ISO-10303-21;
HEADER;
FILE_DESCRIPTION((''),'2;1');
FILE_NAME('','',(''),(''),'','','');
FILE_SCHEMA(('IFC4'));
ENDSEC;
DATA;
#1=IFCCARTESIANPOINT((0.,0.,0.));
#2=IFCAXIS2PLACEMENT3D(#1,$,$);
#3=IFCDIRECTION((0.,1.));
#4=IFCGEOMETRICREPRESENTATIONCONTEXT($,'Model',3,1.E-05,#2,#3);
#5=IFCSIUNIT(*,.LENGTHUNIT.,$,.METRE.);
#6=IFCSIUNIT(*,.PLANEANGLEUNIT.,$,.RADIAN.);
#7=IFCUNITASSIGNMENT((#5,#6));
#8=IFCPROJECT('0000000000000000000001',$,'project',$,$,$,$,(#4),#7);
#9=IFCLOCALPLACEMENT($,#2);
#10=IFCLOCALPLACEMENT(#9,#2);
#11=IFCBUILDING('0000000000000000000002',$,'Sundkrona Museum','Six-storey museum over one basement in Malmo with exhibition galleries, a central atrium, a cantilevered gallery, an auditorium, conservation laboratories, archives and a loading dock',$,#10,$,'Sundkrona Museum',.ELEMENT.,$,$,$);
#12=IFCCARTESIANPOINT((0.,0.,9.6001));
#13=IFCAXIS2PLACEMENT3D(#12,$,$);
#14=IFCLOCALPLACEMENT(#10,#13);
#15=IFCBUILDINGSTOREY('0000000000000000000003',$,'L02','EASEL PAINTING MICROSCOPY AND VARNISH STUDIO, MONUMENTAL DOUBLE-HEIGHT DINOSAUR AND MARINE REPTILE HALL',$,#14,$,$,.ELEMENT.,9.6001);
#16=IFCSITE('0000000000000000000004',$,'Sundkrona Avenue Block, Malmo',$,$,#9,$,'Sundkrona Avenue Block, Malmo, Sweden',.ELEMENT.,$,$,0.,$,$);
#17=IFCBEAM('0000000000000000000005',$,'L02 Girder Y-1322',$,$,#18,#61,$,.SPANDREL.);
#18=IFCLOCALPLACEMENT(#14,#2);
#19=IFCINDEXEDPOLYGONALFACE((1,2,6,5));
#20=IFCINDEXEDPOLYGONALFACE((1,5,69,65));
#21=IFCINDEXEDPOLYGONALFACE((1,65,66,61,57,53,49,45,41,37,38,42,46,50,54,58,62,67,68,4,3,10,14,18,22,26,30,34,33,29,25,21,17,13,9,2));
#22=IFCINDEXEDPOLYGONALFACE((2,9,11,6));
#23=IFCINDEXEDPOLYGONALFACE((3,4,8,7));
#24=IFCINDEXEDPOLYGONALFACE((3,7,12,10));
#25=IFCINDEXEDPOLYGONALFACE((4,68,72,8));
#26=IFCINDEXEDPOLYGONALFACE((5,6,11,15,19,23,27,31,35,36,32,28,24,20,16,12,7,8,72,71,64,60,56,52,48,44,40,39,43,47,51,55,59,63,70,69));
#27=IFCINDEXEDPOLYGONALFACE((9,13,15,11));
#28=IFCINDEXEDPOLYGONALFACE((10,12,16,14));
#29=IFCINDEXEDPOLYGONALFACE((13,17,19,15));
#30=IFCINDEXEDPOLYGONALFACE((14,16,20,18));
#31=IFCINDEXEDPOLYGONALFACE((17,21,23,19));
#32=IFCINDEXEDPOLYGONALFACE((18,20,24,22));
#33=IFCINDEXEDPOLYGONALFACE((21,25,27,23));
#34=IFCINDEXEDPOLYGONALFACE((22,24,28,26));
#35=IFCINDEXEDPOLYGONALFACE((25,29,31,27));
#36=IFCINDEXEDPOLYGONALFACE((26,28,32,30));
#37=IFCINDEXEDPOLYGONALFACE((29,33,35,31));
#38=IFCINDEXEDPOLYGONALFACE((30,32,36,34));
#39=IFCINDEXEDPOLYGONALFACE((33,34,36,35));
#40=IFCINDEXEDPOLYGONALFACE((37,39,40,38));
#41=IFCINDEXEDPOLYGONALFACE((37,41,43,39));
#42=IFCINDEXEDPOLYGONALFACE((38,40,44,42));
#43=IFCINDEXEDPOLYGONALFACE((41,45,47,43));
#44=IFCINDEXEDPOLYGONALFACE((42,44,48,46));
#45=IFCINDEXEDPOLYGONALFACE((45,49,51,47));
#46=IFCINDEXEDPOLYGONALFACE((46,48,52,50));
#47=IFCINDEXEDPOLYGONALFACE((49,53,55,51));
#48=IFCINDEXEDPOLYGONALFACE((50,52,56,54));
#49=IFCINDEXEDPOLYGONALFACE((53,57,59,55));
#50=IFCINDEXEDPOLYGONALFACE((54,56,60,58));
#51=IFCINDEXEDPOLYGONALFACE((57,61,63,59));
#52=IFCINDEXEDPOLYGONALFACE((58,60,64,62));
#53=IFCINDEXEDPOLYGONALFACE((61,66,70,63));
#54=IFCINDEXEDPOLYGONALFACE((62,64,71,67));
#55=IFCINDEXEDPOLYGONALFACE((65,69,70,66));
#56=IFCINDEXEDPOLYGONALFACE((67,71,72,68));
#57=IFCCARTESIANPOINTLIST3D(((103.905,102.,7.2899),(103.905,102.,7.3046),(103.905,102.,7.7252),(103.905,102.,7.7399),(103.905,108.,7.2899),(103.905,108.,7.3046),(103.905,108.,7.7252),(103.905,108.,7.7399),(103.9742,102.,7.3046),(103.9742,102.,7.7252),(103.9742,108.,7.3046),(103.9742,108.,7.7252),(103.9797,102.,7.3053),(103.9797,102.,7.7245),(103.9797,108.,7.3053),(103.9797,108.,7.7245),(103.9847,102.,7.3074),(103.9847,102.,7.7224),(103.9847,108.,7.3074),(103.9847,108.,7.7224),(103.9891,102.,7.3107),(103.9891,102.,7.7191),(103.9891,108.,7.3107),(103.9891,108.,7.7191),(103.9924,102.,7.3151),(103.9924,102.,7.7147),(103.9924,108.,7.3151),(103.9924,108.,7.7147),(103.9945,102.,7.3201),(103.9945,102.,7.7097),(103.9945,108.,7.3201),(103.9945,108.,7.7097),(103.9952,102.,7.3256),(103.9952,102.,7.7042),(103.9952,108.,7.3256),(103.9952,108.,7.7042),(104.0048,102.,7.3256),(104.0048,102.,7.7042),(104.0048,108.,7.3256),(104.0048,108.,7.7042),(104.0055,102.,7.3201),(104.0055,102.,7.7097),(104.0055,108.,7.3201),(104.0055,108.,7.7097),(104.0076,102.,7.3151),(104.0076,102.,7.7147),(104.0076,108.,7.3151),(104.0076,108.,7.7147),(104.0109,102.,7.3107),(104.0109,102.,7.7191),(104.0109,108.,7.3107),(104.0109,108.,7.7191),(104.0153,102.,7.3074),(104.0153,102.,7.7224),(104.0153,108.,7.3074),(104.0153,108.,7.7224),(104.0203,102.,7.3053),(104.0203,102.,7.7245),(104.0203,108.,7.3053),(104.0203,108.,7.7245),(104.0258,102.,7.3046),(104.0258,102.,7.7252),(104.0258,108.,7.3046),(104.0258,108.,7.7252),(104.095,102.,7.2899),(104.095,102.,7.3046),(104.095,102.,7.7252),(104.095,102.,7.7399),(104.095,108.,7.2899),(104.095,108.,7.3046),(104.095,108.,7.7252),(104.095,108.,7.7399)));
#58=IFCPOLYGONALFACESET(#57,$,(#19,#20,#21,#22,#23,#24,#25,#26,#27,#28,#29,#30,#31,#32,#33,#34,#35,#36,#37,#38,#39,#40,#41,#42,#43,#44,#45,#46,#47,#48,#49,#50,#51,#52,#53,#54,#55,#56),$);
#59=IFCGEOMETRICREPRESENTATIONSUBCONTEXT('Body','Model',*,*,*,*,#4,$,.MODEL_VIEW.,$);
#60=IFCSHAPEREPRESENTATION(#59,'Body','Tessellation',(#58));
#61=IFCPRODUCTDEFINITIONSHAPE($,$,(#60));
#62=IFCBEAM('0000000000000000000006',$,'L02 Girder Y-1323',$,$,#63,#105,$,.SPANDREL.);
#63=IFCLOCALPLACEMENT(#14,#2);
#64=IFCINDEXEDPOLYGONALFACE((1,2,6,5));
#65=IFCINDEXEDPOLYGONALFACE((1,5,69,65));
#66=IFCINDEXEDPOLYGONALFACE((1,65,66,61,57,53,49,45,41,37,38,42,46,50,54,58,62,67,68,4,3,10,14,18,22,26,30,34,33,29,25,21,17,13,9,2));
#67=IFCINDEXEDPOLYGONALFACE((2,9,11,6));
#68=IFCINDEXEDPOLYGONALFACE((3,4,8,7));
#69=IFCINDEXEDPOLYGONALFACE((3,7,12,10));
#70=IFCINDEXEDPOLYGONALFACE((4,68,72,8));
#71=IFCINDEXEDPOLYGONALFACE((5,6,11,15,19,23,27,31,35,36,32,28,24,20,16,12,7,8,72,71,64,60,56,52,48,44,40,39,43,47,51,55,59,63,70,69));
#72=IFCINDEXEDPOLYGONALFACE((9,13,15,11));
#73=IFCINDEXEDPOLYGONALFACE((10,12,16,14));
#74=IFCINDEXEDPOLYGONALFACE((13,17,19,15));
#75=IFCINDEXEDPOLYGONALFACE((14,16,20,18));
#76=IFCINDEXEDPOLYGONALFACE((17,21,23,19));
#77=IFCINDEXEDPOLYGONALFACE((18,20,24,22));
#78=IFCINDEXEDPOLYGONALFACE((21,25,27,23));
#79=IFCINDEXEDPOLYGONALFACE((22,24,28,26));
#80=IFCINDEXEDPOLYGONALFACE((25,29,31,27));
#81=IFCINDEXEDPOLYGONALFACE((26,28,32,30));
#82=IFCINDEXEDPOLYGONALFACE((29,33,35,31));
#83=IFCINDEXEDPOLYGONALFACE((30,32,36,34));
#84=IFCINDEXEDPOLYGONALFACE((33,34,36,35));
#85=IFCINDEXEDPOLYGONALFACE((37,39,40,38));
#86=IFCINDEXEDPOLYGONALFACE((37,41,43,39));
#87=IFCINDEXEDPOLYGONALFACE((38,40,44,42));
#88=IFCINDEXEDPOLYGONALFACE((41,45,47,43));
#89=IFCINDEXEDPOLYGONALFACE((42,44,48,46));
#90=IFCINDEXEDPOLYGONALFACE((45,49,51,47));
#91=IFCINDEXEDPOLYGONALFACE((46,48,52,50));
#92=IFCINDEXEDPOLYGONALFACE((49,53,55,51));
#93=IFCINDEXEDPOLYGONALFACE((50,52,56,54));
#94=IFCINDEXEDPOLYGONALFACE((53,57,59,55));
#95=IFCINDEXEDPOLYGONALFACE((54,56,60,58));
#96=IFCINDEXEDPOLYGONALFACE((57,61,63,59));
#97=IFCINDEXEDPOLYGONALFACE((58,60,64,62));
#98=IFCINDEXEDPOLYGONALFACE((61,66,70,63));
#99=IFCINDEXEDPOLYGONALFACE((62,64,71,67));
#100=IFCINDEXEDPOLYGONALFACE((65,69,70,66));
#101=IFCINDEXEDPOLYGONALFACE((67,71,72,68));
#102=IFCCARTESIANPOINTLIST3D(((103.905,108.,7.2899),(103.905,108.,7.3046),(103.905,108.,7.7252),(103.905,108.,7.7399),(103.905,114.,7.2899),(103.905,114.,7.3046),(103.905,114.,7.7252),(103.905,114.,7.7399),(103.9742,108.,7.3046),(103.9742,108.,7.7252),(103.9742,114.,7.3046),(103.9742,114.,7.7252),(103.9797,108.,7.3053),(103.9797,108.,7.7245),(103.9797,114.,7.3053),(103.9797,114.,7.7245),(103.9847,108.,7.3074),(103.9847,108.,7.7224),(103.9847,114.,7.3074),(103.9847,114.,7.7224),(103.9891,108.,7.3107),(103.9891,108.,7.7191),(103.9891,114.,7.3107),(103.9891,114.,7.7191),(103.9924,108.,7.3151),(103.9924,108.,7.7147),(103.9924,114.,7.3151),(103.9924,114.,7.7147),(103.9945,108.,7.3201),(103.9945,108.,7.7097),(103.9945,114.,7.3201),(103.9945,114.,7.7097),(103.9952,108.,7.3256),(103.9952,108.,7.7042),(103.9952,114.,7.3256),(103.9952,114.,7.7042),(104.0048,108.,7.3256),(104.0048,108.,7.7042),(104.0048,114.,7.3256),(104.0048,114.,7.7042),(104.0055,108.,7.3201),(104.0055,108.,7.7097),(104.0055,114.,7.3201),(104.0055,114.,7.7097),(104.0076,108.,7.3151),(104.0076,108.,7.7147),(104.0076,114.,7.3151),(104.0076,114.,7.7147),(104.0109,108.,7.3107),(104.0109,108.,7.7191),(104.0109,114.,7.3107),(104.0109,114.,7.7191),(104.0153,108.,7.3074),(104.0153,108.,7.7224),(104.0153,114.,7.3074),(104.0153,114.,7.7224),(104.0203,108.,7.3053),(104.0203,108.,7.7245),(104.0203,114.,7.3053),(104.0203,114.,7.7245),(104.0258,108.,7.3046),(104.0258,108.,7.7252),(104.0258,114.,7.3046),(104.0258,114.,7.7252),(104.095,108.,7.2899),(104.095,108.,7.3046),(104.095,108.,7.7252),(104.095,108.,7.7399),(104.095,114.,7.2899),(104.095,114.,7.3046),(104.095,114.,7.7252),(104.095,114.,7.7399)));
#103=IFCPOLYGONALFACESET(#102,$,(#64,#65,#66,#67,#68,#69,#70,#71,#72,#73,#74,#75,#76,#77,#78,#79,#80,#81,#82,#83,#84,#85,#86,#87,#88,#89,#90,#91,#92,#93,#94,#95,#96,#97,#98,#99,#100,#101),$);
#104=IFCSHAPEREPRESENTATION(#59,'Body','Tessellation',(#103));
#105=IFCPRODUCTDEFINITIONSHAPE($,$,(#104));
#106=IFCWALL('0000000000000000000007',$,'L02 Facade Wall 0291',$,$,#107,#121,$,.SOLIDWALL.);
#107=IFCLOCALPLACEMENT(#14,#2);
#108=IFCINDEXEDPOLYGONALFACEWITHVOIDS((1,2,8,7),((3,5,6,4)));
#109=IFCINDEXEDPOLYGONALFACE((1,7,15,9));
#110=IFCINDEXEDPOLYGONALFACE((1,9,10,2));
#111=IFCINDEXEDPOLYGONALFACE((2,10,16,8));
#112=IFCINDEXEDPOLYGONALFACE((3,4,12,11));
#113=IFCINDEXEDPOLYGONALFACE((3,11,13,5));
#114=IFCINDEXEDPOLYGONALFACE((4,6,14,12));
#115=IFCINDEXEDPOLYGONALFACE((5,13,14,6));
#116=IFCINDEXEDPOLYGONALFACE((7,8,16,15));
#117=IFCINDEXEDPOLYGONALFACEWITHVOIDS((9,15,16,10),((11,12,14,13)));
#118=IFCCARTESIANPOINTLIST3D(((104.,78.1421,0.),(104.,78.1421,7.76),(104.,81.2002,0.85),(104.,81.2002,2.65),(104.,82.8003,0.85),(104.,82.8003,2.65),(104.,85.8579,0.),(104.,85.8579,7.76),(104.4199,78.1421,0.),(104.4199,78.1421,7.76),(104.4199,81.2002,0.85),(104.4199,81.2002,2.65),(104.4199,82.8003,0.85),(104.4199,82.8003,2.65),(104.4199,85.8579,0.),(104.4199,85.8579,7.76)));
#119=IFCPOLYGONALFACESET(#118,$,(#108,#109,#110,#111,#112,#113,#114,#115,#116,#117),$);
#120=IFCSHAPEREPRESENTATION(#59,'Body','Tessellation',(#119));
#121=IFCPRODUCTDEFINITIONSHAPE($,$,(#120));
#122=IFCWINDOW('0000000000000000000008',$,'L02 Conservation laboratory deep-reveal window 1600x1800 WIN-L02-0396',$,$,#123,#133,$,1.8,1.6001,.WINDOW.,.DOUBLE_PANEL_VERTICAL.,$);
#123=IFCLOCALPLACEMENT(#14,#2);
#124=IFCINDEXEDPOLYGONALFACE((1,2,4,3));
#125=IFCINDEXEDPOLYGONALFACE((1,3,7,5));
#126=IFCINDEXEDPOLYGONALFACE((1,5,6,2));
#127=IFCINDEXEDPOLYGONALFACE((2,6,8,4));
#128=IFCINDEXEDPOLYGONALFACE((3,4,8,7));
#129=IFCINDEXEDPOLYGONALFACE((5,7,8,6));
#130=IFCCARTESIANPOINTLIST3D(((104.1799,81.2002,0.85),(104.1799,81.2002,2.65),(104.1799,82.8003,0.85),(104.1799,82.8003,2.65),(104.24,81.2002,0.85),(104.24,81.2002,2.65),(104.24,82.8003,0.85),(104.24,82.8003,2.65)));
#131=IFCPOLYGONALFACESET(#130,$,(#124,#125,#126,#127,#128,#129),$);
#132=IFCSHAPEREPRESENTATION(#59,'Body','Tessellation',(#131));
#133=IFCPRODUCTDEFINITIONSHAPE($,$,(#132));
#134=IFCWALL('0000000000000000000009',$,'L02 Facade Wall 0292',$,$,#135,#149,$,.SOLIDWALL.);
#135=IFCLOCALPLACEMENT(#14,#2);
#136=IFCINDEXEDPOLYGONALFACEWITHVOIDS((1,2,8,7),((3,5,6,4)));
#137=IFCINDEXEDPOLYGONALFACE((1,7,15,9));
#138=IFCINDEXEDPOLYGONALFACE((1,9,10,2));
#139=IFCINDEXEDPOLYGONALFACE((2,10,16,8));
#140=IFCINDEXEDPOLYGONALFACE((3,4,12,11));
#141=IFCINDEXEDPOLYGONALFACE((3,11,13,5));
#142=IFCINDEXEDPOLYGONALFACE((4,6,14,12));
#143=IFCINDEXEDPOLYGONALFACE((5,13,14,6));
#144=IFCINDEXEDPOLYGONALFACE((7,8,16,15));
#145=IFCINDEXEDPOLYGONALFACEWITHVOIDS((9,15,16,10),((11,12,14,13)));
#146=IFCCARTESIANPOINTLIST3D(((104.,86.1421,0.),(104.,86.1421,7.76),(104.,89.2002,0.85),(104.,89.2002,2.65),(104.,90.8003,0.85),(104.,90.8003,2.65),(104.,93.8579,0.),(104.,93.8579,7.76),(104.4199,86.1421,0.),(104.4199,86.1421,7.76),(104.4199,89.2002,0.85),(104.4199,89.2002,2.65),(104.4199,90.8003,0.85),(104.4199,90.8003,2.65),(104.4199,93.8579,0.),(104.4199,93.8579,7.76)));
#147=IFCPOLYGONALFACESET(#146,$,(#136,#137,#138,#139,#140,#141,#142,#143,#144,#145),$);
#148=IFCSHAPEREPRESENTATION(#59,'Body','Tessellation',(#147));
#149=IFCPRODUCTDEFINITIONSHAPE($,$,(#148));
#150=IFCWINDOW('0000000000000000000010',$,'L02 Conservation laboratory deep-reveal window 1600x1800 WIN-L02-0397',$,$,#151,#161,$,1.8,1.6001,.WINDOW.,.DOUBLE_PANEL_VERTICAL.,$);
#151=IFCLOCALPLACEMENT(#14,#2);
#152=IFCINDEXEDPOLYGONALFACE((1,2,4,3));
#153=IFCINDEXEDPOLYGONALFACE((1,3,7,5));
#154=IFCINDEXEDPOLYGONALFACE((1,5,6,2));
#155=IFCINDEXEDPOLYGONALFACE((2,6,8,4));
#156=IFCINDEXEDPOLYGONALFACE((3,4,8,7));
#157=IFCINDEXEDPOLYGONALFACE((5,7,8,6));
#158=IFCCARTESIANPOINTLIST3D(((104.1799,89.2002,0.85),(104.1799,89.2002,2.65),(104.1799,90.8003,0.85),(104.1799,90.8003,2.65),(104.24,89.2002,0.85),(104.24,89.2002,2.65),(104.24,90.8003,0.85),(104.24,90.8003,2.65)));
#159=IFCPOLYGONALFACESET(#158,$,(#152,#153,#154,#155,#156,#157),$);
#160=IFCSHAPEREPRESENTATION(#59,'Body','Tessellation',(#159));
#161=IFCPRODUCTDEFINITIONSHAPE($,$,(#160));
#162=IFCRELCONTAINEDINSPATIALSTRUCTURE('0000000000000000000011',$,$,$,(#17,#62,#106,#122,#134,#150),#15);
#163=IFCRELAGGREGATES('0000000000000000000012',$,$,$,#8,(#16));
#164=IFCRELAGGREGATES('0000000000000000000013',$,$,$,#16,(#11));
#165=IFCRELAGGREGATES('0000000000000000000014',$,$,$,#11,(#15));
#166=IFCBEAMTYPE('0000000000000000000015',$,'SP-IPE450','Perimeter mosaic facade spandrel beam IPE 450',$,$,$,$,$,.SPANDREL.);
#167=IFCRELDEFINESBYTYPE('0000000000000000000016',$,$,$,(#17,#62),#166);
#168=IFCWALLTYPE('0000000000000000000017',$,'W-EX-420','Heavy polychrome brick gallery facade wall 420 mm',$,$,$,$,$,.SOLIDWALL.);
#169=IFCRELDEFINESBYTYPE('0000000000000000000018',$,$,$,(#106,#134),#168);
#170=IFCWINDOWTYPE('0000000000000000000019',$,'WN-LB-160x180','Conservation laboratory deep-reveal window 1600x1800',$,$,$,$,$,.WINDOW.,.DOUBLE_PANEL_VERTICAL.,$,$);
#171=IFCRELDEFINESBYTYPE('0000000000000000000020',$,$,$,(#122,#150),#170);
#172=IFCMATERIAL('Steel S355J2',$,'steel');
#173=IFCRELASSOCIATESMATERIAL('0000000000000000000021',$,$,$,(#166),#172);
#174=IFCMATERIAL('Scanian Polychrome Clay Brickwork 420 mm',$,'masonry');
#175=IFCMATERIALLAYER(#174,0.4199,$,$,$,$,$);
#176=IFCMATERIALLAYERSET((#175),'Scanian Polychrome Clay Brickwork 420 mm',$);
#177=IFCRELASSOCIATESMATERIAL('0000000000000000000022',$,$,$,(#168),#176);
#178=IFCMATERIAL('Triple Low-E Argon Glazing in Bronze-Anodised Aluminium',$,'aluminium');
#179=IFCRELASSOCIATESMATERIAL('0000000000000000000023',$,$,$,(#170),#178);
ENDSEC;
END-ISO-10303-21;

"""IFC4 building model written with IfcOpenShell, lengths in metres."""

from ifc_helpers import new_model, si_unit, direction, frame, frame_2d, origin, origin_2d, place, context, subcontext, project, spatial, rectangle, i_section, extrude, material, layer, layer_set, material_profile, profile_set, type_object, element, fill, save


model = new_model("IFC4")

# Units and contexts
model_context = context("Model", 3, precision=1e-05, world=origin(), true_north=direction((0.0, 1.0)))
body_context = subcontext(model_context, "Body", "Model", "MODEL_VIEW")
ifc_project = project(units=[si_unit("LENGTHUNIT", "METRE"), si_unit("PLANEANGLEUNIT", "RADIAN")], contexts=[model_context])

# Site, building, storey
site_placement = place(None, origin())
site = spatial("IfcSite", under=ifc_project, at=site_placement, Name="Sundkrona Avenue Block, Malmo", LongName="Sundkrona Avenue Block, Malmo, Sweden", CompositionType="ELEMENT", RefElevation=0.0)
building_placement = place(site_placement, origin())
building = spatial("IfcBuilding", under=site, at=building_placement, Name="Sundkrona Museum", Description="Six-storey museum over one basement in Malmo with exhibition galleries, a central atrium, a cantilevered gallery, an auditorium, conservation laboratories, archives and a loading dock", LongName="Sundkrona Museum", CompositionType="ELEMENT")
storey_placement = place(building_placement, frame((0.0, 0.0, 9.6001)))
storey = spatial("IfcBuildingStorey", under=building, at=storey_placement, Name="L02", Description="EASEL PAINTING MICROSCOPY AND VARNISH STUDIO, MONUMENTAL DOUBLE-HEIGHT DINOSAUR AND MARINE REPTILE HALL", CompositionType="ELEMENT", Elevation=9.6001)

# Shared definitions
ifc_material_1 = material(Name="Steel S355J2", Category="steel")

# Beams
ifc_material_profile_1 = material_profile(ifc_material_1, i_section(OverallWidth=0.1899, OverallDepth=0.45, WebThickness=0.0095, FlangeThickness=0.0146, FilletRadius=0.021, at=origin_2d()), Name="IPE 450")
ifc_profile_set_1 = profile_set([ifc_material_profile_1], Name="Steel S355J2")
beam_type_1 = type_object("IfcBeamType", Name="SP-IPE450", Description="Perimeter mosaic facade spandrel beam IPE 450", PredefinedType="SPANDREL", material=ifc_profile_set_1)
for number, where, z_axis, x_axis, name in (
    (1, (104.0, 102.0, 7.5149), (0.0, 1.0, 0.0), (-1.0, 0.0, 0.0), "L02 Girder Y-1322"),
    (2, (104.0, 108.0, 7.5149), (0.0, 1.0, 0.0), (-1.0, 0.0, 0.0), "L02 Girder Y-1323"),
):
    element("IfcBeam", number, at=place(storey_placement, frame(where, z_axis=z_axis, x_axis=x_axis)), inside=storey, type_object=beam_type_1, Name=name, PredefinedType="SPANDREL", context=body_context, shape_type="SweptSolid", body=[
        extrude(i_section(OverallWidth=0.1899, OverallDepth=0.45, WebThickness=0.0095, FlangeThickness=0.0146, FilletRadius=0.021, at=origin_2d()), origin(), (0.0, 0.0, 1.0), 6.0),
    ])

# Walls, openings, windows
ifc_material_2 = material(Name="Scanian Polychrome Clay Brickwork 420 mm", Category="masonry")
ifc_layer_1 = layer(ifc_material_2, 0.4199)
ifc_layer_set_1 = layer_set([ifc_layer_1], Name="Scanian Polychrome Clay Brickwork 420 mm")
wall_type_1 = type_object("IfcWallType", Name="W-EX-420", Description="Heavy polychrome brick gallery facade wall 420 mm", PredefinedType="SOLIDWALL", material=ifc_layer_set_1)
wall_1_placement = place(storey_placement, frame((104.21, 78.1421, 0.0), z_axis=(0.0, 0.0, 1.0), x_axis=(0.0, 1.0, 0.0)))
wall_1 = element("IfcWall", 3, at=wall_1_placement, inside=storey, type_object=wall_type_1, Name="L02 Facade Wall 0291", PredefinedType="SOLIDWALL", context=body_context, shape_type="SweptSolid", body=[
    extrude(rectangle(XDim=7.7158, YDim=0.4199, at=frame_2d((3.8579, 0.0))), origin(), (0.0, 0.0, 1.0), 7.76),
])
opening_1_placement = place(wall_1_placement, frame((3.0581, 0.0, 0.8501)))
opening_1 = element("IfcOpeningElement", 4, at=opening_1_placement, cuts=wall_1, PredefinedType="OPENING", context=body_context, shape_type="SweptSolid", body=[
    extrude(rectangle(XDim=1.6001, YDim=1.8, at=frame_2d((0.8, 0.8999))), frame((0.0, 0.22, 0.0), z_axis=(0.0, -1.0, 0.0), x_axis=(1.0, 0.0, 0.0)), (0.0, 0.0, 1.0), 0.4399),
])
ifc_material_3 = material(Name="Triple Low-E Argon Glazing in Bronze-Anodised Aluminium", Category="aluminium")
window_type_1 = type_object("IfcWindowType", Name="WN-LB-160x180", Description="Conservation laboratory deep-reveal window 1600x1800", PartitioningType="DOUBLE_PANEL_VERTICAL", PredefinedType="WINDOW", material=ifc_material_3)
window_1_placement = place(opening_1_placement, origin())
window_1 = element("IfcWindow", 5, at=window_1_placement, inside=storey, type_object=window_type_1, Name="L02 Conservation laboratory deep-reveal window 1600x1800 WIN-L02-0396", OverallHeight=1.8, OverallWidth=1.6001, PartitioningType="DOUBLE_PANEL_VERTICAL", PredefinedType="WINDOW", context=body_context, shape_type="SweptSolid", body=[
    extrude(rectangle(XDim=1.6001, YDim=1.8, at=frame_2d((0.8, 0.8999))), frame((0.0, 0.03, 0.0), z_axis=(0.0, -1.0, 0.0), x_axis=(1.0, 0.0, 0.0)), (0.0, 0.0, 1.0), 0.0601),
])
fill(opening_1, window_1)
wall_2_placement = place(storey_placement, frame((104.21, 86.1421, 0.0), z_axis=(0.0, 0.0, 1.0), x_axis=(0.0, 1.0, 0.0)))
wall_2 = element("IfcWall", 6, at=wall_2_placement, inside=storey, type_object=wall_type_1, Name="L02 Facade Wall 0292", PredefinedType="SOLIDWALL", context=body_context, shape_type="SweptSolid", body=[
    extrude(rectangle(XDim=7.7158, YDim=0.4199, at=frame_2d((3.8579, 0.0))), origin(), (0.0, 0.0, 1.0), 7.76),
])
opening_2_placement = place(wall_2_placement, frame((3.0581, 0.0, 0.8501)))
opening_2 = element("IfcOpeningElement", 7, at=opening_2_placement, cuts=wall_2, PredefinedType="OPENING", context=body_context, shape_type="SweptSolid", body=[
    extrude(rectangle(XDim=1.6001, YDim=1.8, at=frame_2d((0.8, 0.8999))), frame((0.0, 0.22, 0.0), z_axis=(0.0, -1.0, 0.0), x_axis=(1.0, 0.0, 0.0)), (0.0, 0.0, 1.0), 0.4399),
])
window_2_placement = place(opening_2_placement, origin())
window_2 = element("IfcWindow", 8, at=window_2_placement, inside=storey, type_object=window_type_1, Name="L02 Conservation laboratory deep-reveal window 1600x1800 WIN-L02-0397", OverallHeight=1.8, OverallWidth=1.6001, PartitioningType="DOUBLE_PANEL_VERTICAL", PredefinedType="WINDOW", context=body_context, shape_type="SweptSolid", body=[
    extrude(rectangle(XDim=1.6001, YDim=1.8, at=frame_2d((0.8, 0.8999))), frame((0.0, 0.03, 0.0), z_axis=(0.0, -1.0, 0.0), x_axis=(1.0, 0.0, 0.0)), (0.0, 0.0, 1.0), 0.0601),
])
fill(opening_2, window_2)

save(model, "model.ifc")
